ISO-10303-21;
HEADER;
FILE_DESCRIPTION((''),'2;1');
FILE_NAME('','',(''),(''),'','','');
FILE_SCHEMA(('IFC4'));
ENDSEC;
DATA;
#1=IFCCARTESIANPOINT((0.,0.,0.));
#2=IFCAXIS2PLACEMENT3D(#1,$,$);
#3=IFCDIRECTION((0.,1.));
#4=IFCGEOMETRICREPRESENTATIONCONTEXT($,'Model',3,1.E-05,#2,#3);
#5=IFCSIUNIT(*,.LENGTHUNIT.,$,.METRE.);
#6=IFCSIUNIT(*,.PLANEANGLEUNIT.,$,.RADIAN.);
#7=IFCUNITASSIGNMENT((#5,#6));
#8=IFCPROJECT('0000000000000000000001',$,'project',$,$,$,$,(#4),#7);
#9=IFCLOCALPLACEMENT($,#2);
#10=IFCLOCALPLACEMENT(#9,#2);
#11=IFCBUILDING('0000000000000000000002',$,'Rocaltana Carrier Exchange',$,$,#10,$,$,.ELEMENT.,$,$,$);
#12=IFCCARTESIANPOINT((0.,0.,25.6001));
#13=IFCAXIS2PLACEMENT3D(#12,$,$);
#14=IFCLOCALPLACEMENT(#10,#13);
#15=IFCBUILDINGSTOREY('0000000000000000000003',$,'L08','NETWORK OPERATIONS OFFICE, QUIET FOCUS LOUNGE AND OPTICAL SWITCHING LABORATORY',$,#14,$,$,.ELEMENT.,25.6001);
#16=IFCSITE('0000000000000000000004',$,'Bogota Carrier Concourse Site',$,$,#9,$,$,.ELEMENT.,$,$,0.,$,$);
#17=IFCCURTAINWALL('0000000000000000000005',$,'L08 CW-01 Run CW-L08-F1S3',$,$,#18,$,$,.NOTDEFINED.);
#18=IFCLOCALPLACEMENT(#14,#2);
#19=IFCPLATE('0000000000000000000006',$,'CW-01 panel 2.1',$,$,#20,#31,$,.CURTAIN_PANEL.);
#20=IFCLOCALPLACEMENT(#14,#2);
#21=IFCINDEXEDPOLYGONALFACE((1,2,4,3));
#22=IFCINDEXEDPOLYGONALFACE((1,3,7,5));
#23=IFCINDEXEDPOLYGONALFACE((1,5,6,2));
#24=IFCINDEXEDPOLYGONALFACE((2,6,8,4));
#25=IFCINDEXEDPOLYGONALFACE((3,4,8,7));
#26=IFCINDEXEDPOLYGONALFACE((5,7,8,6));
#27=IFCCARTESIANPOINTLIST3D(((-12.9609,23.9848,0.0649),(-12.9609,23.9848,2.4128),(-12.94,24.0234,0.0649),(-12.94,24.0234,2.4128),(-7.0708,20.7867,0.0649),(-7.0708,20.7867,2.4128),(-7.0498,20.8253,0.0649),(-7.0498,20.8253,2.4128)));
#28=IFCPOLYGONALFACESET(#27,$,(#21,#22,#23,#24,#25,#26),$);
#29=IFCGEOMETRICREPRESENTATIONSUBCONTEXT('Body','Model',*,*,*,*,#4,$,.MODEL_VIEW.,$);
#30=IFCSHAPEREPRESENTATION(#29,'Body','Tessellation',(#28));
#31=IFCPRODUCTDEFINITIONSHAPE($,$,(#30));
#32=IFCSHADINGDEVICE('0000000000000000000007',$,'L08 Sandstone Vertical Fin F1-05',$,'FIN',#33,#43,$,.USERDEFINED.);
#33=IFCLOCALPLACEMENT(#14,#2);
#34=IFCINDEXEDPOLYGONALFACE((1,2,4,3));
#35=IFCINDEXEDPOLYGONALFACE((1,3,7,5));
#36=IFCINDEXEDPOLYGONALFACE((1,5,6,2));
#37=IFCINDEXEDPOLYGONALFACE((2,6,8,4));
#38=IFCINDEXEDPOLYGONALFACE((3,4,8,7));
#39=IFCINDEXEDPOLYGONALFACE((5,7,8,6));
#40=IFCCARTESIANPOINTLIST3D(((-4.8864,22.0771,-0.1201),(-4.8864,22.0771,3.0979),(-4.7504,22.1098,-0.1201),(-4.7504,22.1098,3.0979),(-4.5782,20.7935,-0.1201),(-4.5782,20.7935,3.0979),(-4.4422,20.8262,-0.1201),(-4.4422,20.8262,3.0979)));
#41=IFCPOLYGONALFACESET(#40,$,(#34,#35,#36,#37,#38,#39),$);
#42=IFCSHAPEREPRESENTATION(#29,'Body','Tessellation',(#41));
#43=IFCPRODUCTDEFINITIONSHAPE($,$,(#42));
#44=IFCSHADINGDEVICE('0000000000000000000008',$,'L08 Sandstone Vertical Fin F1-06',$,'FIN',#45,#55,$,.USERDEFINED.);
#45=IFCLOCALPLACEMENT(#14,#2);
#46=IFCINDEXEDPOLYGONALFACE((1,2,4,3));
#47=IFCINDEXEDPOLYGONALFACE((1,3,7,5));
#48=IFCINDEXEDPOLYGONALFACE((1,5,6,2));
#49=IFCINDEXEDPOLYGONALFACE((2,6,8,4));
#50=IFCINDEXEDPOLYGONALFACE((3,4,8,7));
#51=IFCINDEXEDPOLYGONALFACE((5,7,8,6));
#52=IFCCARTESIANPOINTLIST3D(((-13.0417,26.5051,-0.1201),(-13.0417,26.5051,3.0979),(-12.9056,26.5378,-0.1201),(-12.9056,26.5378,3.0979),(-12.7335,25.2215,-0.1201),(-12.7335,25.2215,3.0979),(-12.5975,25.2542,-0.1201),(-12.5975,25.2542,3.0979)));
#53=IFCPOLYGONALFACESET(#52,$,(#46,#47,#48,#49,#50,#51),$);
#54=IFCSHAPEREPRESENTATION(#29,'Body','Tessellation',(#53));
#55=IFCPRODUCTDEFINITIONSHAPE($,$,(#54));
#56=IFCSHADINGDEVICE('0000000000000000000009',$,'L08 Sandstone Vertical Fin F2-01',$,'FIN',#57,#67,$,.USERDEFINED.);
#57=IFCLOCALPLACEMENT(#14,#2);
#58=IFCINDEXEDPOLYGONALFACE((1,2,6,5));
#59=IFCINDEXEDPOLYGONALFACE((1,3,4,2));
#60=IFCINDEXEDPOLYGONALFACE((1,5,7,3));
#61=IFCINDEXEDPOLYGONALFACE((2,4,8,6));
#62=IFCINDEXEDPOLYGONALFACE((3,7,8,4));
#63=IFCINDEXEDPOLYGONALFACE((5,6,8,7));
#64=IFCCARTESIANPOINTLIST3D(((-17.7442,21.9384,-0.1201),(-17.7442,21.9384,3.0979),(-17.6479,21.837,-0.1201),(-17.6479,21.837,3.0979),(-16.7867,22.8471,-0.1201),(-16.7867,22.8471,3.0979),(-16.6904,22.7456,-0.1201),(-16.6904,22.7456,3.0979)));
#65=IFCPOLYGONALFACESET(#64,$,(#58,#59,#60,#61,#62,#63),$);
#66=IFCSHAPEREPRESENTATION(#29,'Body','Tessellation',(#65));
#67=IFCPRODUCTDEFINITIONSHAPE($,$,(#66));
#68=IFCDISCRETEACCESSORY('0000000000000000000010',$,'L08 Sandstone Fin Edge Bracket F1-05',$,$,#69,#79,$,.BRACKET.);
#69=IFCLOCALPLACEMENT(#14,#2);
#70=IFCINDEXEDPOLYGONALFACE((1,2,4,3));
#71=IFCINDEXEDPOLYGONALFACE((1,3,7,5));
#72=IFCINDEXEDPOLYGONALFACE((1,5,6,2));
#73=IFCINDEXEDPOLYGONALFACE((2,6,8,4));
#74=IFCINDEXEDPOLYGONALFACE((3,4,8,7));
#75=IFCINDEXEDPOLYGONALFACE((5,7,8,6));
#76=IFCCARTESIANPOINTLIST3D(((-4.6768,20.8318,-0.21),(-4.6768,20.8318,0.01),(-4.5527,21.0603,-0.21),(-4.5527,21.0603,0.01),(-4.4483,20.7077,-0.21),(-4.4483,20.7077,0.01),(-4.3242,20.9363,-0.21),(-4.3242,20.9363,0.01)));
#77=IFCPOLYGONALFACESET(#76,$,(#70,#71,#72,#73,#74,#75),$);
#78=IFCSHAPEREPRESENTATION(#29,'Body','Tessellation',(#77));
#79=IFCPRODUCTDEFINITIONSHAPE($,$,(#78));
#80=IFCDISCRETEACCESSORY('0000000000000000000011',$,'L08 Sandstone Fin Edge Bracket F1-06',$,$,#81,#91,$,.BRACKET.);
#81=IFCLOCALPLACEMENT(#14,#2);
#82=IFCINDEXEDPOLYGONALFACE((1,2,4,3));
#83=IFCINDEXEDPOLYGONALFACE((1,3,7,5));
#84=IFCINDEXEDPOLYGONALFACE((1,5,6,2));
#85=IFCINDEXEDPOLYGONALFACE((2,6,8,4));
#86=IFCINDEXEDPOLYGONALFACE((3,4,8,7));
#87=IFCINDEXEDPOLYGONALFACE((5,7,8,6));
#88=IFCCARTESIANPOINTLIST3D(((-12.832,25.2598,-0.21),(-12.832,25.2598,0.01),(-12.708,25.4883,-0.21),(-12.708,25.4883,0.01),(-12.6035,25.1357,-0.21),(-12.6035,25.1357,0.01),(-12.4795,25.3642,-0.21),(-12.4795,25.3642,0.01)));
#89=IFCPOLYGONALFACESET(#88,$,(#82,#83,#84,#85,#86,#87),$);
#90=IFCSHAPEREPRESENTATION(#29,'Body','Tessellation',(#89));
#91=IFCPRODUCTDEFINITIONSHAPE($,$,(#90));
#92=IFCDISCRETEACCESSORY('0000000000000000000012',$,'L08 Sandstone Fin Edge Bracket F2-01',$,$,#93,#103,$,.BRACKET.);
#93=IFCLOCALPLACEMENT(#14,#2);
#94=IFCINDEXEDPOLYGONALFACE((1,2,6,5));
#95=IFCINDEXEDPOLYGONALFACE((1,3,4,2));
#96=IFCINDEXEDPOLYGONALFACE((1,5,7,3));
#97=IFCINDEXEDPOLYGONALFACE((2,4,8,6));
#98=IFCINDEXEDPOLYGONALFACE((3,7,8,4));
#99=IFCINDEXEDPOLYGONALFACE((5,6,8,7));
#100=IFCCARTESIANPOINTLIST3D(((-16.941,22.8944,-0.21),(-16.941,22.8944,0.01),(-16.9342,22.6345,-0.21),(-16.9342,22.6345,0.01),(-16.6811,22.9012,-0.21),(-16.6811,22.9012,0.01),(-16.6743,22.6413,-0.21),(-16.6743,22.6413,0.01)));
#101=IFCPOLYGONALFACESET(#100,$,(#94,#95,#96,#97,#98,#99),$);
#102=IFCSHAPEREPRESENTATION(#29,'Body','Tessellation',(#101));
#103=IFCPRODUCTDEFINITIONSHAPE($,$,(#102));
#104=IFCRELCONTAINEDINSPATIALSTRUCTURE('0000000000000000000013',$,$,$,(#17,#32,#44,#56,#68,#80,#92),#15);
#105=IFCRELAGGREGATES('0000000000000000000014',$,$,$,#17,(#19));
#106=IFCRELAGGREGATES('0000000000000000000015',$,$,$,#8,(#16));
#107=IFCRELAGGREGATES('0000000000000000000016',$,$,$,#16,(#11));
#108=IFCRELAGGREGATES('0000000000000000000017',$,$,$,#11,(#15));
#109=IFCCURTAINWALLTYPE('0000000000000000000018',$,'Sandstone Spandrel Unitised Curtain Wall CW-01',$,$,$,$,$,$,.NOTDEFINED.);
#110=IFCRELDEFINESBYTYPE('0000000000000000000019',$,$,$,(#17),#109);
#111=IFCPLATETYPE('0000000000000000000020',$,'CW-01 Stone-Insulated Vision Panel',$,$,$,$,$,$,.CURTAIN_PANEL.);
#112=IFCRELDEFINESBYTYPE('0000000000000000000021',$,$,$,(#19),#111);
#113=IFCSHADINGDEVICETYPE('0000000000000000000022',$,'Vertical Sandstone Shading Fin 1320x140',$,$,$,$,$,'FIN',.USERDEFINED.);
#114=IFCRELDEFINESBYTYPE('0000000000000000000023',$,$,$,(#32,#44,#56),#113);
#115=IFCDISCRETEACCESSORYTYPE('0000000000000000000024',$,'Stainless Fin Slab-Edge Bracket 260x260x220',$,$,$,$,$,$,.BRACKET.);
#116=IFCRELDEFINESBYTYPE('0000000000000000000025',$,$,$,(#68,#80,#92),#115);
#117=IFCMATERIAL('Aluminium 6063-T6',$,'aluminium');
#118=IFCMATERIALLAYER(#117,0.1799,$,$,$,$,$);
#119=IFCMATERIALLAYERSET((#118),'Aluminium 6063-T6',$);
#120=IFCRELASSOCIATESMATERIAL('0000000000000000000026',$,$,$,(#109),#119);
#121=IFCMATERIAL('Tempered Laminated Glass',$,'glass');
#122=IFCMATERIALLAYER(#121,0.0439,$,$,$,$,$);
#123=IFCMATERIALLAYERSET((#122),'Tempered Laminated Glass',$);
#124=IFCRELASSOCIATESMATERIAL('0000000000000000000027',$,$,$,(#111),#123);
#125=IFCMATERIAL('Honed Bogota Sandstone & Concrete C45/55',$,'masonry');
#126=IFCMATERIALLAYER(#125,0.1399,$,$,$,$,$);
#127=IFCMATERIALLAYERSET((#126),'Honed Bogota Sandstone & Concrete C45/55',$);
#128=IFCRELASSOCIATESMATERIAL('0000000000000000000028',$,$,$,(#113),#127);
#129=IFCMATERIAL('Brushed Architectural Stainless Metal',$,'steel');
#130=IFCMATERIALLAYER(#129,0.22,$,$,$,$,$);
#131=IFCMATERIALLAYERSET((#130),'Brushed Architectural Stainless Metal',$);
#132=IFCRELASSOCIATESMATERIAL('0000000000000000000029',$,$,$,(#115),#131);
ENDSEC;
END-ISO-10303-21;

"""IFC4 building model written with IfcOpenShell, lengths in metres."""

from ifc_helpers import new_model, si_unit, direction, frame, origin, origin_2d, place, context, subcontext, project, spatial, rectangle, extrude, material, layer, layer_set, type_object, element, aggregate, save


model = new_model("IFC4")

# Units and contexts
model_context = context("Model", 3, precision=1e-05, world=origin(), true_north=direction((0.0, 1.0)))
body_context = subcontext(model_context, "Body", "Model", "MODEL_VIEW")
ifc_project = project(units=[si_unit("LENGTHUNIT", "METRE"), si_unit("PLANEANGLEUNIT", "RADIAN")], contexts=[model_context])

# Site, building, storey
site_placement = place(None, origin())
site = spatial("IfcSite", under=ifc_project, at=site_placement, Name="Bogota Carrier Concourse Site", CompositionType="ELEMENT", RefElevation=0.0)
building_placement = place(site_placement, origin())
building = spatial("IfcBuilding", under=site, at=building_placement, Name="Rocaltana Carrier Exchange", CompositionType="ELEMENT")
storey_placement = place(building_placement, frame((0.0, 0.0, 25.6001)))
storey = spatial("IfcBuildingStorey", under=building, at=storey_placement, Name="L08", Description="NETWORK OPERATIONS OFFICE, QUIET FOCUS LOUNGE AND OPTICAL SWITCHING LABORATORY", CompositionType="ELEMENT", Elevation=25.6001)

# Curtain wall
ifc_material_1 = material(Name="Aluminium 6063-T6", Category="aluminium")
ifc_layer_1 = layer(ifc_material_1, 0.1799)
ifc_layer_set_1 = layer_set([ifc_layer_1], Name="Aluminium 6063-T6")
curtain_wall_type = type_object("IfcCurtainWallType", Name="Sandstone Spandrel Unitised Curtain Wall CW-01", PredefinedType="NOTDEFINED", material=ifc_layer_set_1)
curtain_wall_1_placement = place(storey_placement, origin())
curtain_wall_1 = element("IfcCurtainWall", 1, at=curtain_wall_1_placement, inside=storey, type_object=curtain_wall_type, Name="L08 CW-01 Run CW-L08-F1S3", PredefinedType="NOTDEFINED")

# Plate
ifc_material_2 = material(Name="Tempered Laminated Glass", Category="glass")
ifc_layer_2 = layer(ifc_material_2, 0.0439)
ifc_layer_set_2 = layer_set([ifc_layer_2], Name="Tempered Laminated Glass")
plate_type = type_object("IfcPlateType", Name="CW-01 Stone-Insulated Vision Panel", PredefinedType="CURTAIN_PANEL", material=ifc_layer_set_2)
plate_placement = place(storey_placement, frame((-10.0054, 22.405, 0.0649), z_axis=(0.0, 0.0, 1.0), x_axis=(-0.878819, 0.477156, 0.0)))
plate = element("IfcPlate", 2, at=plate_placement, type_object=plate_type, Name="CW-01 panel 2.1", PredefinedType="CURTAIN_PANEL", context=body_context, shape_type="SweptSolid", body=[
    extrude(rectangle(XDim=6.7024, YDim=0.0439, at=origin_2d()), origin(), (0.0, 0.0, 1.0), 2.3479),
])
aggregate(curtain_wall_1, [plate])

# Shading devices
ifc_material_3 = material(Name="Honed Bogota Sandstone & Concrete C45/55", Category="masonry")
ifc_layer_3 = layer(ifc_material_3, 0.1399)
ifc_layer_set_3 = layer_set([ifc_layer_3], Name="Honed Bogota Sandstone & Concrete C45/55")
shading_device_type = type_object("IfcShadingDeviceType", Name="Vertical Sandstone Shading Fin 1320x140", ElementType="FIN", PredefinedType="USERDEFINED", material=ifc_layer_set_3)
for number, where, z_axis, x_axis, name in (
    (3, (-4.6643, 21.4517, -0.1201), (0.0, 0.0, 1.0), (-0.233445, 0.97237, 0.0), "L08 Sandstone Vertical Fin F1-05"),
    (4, (-12.8196, 25.8796, -0.1201), (0.0, 0.0, 1.0), (-0.233445, 0.97237, 0.0), "L08 Sandstone Vertical Fin F1-06"),
    (5, (-17.2173, 22.342, -0.1201), (0.0, 0.0, 1.0), (-0.725374, -0.688355, 0.0), "L08 Sandstone Vertical Fin F2-01"),
):
    element("IfcShadingDevice", number, at=place(storey_placement, frame(where, z_axis=z_axis, x_axis=x_axis)), inside=storey, type_object=shading_device_type, Name=name, ObjectType="FIN", PredefinedType="USERDEFINED", context=body_context, shape_type="SweptSolid", body=[
        extrude(rectangle(XDim=1.3201, YDim=0.1399, at=origin_2d()), origin(), (0.0, 0.0, 1.0), 3.218),
    ])

# Discrete accessories
ifc_material_4 = material(Name="Brushed Architectural Stainless Metal", Category="steel")
ifc_layer_4 = layer(ifc_material_4, 0.22)
ifc_layer_set_4 = layer_set([ifc_layer_4], Name="Brushed Architectural Stainless Metal")
discrete_accessory_type = type_object("IfcDiscreteAccessoryType", Name="Stainless Fin Slab-Edge Bracket 260x260x220", PredefinedType="BRACKET", material=ifc_layer_set_4)
for number, where, z_axis, x_axis, name in (
    (6, (-4.5005, 20.884, -0.21), (0.0, 0.0, 1.0), (-0.878817, 0.477159, 0.0), "L08 Sandstone Fin Edge Bracket F1-05"),
    (7, (-12.6558, 25.312, -0.21), (0.0, 0.0, 1.0), (-0.878817, 0.477159, 0.0), "L08 Sandstone Fin Edge Bracket F1-06"),
    (8, (-16.8076, 22.7678, -0.21), (0.0, 0.0, 1.0), (0.026177, -0.999657, 0.0), "L08 Sandstone Fin Edge Bracket F2-01"),
):
    element("IfcDiscreteAccessory", number, at=place(storey_placement, frame(where, z_axis=z_axis, x_axis=x_axis)), inside=storey, type_object=discrete_accessory_type, Name=name, PredefinedType="BRACKET", context=body_context, shape_type="SweptSolid", body=[
        extrude(rectangle(XDim=0.26, YDim=0.26, at=origin_2d()), origin(), (0.0, 0.0, 1.0), 0.22),
    ])

save(model, "model.ifc")
